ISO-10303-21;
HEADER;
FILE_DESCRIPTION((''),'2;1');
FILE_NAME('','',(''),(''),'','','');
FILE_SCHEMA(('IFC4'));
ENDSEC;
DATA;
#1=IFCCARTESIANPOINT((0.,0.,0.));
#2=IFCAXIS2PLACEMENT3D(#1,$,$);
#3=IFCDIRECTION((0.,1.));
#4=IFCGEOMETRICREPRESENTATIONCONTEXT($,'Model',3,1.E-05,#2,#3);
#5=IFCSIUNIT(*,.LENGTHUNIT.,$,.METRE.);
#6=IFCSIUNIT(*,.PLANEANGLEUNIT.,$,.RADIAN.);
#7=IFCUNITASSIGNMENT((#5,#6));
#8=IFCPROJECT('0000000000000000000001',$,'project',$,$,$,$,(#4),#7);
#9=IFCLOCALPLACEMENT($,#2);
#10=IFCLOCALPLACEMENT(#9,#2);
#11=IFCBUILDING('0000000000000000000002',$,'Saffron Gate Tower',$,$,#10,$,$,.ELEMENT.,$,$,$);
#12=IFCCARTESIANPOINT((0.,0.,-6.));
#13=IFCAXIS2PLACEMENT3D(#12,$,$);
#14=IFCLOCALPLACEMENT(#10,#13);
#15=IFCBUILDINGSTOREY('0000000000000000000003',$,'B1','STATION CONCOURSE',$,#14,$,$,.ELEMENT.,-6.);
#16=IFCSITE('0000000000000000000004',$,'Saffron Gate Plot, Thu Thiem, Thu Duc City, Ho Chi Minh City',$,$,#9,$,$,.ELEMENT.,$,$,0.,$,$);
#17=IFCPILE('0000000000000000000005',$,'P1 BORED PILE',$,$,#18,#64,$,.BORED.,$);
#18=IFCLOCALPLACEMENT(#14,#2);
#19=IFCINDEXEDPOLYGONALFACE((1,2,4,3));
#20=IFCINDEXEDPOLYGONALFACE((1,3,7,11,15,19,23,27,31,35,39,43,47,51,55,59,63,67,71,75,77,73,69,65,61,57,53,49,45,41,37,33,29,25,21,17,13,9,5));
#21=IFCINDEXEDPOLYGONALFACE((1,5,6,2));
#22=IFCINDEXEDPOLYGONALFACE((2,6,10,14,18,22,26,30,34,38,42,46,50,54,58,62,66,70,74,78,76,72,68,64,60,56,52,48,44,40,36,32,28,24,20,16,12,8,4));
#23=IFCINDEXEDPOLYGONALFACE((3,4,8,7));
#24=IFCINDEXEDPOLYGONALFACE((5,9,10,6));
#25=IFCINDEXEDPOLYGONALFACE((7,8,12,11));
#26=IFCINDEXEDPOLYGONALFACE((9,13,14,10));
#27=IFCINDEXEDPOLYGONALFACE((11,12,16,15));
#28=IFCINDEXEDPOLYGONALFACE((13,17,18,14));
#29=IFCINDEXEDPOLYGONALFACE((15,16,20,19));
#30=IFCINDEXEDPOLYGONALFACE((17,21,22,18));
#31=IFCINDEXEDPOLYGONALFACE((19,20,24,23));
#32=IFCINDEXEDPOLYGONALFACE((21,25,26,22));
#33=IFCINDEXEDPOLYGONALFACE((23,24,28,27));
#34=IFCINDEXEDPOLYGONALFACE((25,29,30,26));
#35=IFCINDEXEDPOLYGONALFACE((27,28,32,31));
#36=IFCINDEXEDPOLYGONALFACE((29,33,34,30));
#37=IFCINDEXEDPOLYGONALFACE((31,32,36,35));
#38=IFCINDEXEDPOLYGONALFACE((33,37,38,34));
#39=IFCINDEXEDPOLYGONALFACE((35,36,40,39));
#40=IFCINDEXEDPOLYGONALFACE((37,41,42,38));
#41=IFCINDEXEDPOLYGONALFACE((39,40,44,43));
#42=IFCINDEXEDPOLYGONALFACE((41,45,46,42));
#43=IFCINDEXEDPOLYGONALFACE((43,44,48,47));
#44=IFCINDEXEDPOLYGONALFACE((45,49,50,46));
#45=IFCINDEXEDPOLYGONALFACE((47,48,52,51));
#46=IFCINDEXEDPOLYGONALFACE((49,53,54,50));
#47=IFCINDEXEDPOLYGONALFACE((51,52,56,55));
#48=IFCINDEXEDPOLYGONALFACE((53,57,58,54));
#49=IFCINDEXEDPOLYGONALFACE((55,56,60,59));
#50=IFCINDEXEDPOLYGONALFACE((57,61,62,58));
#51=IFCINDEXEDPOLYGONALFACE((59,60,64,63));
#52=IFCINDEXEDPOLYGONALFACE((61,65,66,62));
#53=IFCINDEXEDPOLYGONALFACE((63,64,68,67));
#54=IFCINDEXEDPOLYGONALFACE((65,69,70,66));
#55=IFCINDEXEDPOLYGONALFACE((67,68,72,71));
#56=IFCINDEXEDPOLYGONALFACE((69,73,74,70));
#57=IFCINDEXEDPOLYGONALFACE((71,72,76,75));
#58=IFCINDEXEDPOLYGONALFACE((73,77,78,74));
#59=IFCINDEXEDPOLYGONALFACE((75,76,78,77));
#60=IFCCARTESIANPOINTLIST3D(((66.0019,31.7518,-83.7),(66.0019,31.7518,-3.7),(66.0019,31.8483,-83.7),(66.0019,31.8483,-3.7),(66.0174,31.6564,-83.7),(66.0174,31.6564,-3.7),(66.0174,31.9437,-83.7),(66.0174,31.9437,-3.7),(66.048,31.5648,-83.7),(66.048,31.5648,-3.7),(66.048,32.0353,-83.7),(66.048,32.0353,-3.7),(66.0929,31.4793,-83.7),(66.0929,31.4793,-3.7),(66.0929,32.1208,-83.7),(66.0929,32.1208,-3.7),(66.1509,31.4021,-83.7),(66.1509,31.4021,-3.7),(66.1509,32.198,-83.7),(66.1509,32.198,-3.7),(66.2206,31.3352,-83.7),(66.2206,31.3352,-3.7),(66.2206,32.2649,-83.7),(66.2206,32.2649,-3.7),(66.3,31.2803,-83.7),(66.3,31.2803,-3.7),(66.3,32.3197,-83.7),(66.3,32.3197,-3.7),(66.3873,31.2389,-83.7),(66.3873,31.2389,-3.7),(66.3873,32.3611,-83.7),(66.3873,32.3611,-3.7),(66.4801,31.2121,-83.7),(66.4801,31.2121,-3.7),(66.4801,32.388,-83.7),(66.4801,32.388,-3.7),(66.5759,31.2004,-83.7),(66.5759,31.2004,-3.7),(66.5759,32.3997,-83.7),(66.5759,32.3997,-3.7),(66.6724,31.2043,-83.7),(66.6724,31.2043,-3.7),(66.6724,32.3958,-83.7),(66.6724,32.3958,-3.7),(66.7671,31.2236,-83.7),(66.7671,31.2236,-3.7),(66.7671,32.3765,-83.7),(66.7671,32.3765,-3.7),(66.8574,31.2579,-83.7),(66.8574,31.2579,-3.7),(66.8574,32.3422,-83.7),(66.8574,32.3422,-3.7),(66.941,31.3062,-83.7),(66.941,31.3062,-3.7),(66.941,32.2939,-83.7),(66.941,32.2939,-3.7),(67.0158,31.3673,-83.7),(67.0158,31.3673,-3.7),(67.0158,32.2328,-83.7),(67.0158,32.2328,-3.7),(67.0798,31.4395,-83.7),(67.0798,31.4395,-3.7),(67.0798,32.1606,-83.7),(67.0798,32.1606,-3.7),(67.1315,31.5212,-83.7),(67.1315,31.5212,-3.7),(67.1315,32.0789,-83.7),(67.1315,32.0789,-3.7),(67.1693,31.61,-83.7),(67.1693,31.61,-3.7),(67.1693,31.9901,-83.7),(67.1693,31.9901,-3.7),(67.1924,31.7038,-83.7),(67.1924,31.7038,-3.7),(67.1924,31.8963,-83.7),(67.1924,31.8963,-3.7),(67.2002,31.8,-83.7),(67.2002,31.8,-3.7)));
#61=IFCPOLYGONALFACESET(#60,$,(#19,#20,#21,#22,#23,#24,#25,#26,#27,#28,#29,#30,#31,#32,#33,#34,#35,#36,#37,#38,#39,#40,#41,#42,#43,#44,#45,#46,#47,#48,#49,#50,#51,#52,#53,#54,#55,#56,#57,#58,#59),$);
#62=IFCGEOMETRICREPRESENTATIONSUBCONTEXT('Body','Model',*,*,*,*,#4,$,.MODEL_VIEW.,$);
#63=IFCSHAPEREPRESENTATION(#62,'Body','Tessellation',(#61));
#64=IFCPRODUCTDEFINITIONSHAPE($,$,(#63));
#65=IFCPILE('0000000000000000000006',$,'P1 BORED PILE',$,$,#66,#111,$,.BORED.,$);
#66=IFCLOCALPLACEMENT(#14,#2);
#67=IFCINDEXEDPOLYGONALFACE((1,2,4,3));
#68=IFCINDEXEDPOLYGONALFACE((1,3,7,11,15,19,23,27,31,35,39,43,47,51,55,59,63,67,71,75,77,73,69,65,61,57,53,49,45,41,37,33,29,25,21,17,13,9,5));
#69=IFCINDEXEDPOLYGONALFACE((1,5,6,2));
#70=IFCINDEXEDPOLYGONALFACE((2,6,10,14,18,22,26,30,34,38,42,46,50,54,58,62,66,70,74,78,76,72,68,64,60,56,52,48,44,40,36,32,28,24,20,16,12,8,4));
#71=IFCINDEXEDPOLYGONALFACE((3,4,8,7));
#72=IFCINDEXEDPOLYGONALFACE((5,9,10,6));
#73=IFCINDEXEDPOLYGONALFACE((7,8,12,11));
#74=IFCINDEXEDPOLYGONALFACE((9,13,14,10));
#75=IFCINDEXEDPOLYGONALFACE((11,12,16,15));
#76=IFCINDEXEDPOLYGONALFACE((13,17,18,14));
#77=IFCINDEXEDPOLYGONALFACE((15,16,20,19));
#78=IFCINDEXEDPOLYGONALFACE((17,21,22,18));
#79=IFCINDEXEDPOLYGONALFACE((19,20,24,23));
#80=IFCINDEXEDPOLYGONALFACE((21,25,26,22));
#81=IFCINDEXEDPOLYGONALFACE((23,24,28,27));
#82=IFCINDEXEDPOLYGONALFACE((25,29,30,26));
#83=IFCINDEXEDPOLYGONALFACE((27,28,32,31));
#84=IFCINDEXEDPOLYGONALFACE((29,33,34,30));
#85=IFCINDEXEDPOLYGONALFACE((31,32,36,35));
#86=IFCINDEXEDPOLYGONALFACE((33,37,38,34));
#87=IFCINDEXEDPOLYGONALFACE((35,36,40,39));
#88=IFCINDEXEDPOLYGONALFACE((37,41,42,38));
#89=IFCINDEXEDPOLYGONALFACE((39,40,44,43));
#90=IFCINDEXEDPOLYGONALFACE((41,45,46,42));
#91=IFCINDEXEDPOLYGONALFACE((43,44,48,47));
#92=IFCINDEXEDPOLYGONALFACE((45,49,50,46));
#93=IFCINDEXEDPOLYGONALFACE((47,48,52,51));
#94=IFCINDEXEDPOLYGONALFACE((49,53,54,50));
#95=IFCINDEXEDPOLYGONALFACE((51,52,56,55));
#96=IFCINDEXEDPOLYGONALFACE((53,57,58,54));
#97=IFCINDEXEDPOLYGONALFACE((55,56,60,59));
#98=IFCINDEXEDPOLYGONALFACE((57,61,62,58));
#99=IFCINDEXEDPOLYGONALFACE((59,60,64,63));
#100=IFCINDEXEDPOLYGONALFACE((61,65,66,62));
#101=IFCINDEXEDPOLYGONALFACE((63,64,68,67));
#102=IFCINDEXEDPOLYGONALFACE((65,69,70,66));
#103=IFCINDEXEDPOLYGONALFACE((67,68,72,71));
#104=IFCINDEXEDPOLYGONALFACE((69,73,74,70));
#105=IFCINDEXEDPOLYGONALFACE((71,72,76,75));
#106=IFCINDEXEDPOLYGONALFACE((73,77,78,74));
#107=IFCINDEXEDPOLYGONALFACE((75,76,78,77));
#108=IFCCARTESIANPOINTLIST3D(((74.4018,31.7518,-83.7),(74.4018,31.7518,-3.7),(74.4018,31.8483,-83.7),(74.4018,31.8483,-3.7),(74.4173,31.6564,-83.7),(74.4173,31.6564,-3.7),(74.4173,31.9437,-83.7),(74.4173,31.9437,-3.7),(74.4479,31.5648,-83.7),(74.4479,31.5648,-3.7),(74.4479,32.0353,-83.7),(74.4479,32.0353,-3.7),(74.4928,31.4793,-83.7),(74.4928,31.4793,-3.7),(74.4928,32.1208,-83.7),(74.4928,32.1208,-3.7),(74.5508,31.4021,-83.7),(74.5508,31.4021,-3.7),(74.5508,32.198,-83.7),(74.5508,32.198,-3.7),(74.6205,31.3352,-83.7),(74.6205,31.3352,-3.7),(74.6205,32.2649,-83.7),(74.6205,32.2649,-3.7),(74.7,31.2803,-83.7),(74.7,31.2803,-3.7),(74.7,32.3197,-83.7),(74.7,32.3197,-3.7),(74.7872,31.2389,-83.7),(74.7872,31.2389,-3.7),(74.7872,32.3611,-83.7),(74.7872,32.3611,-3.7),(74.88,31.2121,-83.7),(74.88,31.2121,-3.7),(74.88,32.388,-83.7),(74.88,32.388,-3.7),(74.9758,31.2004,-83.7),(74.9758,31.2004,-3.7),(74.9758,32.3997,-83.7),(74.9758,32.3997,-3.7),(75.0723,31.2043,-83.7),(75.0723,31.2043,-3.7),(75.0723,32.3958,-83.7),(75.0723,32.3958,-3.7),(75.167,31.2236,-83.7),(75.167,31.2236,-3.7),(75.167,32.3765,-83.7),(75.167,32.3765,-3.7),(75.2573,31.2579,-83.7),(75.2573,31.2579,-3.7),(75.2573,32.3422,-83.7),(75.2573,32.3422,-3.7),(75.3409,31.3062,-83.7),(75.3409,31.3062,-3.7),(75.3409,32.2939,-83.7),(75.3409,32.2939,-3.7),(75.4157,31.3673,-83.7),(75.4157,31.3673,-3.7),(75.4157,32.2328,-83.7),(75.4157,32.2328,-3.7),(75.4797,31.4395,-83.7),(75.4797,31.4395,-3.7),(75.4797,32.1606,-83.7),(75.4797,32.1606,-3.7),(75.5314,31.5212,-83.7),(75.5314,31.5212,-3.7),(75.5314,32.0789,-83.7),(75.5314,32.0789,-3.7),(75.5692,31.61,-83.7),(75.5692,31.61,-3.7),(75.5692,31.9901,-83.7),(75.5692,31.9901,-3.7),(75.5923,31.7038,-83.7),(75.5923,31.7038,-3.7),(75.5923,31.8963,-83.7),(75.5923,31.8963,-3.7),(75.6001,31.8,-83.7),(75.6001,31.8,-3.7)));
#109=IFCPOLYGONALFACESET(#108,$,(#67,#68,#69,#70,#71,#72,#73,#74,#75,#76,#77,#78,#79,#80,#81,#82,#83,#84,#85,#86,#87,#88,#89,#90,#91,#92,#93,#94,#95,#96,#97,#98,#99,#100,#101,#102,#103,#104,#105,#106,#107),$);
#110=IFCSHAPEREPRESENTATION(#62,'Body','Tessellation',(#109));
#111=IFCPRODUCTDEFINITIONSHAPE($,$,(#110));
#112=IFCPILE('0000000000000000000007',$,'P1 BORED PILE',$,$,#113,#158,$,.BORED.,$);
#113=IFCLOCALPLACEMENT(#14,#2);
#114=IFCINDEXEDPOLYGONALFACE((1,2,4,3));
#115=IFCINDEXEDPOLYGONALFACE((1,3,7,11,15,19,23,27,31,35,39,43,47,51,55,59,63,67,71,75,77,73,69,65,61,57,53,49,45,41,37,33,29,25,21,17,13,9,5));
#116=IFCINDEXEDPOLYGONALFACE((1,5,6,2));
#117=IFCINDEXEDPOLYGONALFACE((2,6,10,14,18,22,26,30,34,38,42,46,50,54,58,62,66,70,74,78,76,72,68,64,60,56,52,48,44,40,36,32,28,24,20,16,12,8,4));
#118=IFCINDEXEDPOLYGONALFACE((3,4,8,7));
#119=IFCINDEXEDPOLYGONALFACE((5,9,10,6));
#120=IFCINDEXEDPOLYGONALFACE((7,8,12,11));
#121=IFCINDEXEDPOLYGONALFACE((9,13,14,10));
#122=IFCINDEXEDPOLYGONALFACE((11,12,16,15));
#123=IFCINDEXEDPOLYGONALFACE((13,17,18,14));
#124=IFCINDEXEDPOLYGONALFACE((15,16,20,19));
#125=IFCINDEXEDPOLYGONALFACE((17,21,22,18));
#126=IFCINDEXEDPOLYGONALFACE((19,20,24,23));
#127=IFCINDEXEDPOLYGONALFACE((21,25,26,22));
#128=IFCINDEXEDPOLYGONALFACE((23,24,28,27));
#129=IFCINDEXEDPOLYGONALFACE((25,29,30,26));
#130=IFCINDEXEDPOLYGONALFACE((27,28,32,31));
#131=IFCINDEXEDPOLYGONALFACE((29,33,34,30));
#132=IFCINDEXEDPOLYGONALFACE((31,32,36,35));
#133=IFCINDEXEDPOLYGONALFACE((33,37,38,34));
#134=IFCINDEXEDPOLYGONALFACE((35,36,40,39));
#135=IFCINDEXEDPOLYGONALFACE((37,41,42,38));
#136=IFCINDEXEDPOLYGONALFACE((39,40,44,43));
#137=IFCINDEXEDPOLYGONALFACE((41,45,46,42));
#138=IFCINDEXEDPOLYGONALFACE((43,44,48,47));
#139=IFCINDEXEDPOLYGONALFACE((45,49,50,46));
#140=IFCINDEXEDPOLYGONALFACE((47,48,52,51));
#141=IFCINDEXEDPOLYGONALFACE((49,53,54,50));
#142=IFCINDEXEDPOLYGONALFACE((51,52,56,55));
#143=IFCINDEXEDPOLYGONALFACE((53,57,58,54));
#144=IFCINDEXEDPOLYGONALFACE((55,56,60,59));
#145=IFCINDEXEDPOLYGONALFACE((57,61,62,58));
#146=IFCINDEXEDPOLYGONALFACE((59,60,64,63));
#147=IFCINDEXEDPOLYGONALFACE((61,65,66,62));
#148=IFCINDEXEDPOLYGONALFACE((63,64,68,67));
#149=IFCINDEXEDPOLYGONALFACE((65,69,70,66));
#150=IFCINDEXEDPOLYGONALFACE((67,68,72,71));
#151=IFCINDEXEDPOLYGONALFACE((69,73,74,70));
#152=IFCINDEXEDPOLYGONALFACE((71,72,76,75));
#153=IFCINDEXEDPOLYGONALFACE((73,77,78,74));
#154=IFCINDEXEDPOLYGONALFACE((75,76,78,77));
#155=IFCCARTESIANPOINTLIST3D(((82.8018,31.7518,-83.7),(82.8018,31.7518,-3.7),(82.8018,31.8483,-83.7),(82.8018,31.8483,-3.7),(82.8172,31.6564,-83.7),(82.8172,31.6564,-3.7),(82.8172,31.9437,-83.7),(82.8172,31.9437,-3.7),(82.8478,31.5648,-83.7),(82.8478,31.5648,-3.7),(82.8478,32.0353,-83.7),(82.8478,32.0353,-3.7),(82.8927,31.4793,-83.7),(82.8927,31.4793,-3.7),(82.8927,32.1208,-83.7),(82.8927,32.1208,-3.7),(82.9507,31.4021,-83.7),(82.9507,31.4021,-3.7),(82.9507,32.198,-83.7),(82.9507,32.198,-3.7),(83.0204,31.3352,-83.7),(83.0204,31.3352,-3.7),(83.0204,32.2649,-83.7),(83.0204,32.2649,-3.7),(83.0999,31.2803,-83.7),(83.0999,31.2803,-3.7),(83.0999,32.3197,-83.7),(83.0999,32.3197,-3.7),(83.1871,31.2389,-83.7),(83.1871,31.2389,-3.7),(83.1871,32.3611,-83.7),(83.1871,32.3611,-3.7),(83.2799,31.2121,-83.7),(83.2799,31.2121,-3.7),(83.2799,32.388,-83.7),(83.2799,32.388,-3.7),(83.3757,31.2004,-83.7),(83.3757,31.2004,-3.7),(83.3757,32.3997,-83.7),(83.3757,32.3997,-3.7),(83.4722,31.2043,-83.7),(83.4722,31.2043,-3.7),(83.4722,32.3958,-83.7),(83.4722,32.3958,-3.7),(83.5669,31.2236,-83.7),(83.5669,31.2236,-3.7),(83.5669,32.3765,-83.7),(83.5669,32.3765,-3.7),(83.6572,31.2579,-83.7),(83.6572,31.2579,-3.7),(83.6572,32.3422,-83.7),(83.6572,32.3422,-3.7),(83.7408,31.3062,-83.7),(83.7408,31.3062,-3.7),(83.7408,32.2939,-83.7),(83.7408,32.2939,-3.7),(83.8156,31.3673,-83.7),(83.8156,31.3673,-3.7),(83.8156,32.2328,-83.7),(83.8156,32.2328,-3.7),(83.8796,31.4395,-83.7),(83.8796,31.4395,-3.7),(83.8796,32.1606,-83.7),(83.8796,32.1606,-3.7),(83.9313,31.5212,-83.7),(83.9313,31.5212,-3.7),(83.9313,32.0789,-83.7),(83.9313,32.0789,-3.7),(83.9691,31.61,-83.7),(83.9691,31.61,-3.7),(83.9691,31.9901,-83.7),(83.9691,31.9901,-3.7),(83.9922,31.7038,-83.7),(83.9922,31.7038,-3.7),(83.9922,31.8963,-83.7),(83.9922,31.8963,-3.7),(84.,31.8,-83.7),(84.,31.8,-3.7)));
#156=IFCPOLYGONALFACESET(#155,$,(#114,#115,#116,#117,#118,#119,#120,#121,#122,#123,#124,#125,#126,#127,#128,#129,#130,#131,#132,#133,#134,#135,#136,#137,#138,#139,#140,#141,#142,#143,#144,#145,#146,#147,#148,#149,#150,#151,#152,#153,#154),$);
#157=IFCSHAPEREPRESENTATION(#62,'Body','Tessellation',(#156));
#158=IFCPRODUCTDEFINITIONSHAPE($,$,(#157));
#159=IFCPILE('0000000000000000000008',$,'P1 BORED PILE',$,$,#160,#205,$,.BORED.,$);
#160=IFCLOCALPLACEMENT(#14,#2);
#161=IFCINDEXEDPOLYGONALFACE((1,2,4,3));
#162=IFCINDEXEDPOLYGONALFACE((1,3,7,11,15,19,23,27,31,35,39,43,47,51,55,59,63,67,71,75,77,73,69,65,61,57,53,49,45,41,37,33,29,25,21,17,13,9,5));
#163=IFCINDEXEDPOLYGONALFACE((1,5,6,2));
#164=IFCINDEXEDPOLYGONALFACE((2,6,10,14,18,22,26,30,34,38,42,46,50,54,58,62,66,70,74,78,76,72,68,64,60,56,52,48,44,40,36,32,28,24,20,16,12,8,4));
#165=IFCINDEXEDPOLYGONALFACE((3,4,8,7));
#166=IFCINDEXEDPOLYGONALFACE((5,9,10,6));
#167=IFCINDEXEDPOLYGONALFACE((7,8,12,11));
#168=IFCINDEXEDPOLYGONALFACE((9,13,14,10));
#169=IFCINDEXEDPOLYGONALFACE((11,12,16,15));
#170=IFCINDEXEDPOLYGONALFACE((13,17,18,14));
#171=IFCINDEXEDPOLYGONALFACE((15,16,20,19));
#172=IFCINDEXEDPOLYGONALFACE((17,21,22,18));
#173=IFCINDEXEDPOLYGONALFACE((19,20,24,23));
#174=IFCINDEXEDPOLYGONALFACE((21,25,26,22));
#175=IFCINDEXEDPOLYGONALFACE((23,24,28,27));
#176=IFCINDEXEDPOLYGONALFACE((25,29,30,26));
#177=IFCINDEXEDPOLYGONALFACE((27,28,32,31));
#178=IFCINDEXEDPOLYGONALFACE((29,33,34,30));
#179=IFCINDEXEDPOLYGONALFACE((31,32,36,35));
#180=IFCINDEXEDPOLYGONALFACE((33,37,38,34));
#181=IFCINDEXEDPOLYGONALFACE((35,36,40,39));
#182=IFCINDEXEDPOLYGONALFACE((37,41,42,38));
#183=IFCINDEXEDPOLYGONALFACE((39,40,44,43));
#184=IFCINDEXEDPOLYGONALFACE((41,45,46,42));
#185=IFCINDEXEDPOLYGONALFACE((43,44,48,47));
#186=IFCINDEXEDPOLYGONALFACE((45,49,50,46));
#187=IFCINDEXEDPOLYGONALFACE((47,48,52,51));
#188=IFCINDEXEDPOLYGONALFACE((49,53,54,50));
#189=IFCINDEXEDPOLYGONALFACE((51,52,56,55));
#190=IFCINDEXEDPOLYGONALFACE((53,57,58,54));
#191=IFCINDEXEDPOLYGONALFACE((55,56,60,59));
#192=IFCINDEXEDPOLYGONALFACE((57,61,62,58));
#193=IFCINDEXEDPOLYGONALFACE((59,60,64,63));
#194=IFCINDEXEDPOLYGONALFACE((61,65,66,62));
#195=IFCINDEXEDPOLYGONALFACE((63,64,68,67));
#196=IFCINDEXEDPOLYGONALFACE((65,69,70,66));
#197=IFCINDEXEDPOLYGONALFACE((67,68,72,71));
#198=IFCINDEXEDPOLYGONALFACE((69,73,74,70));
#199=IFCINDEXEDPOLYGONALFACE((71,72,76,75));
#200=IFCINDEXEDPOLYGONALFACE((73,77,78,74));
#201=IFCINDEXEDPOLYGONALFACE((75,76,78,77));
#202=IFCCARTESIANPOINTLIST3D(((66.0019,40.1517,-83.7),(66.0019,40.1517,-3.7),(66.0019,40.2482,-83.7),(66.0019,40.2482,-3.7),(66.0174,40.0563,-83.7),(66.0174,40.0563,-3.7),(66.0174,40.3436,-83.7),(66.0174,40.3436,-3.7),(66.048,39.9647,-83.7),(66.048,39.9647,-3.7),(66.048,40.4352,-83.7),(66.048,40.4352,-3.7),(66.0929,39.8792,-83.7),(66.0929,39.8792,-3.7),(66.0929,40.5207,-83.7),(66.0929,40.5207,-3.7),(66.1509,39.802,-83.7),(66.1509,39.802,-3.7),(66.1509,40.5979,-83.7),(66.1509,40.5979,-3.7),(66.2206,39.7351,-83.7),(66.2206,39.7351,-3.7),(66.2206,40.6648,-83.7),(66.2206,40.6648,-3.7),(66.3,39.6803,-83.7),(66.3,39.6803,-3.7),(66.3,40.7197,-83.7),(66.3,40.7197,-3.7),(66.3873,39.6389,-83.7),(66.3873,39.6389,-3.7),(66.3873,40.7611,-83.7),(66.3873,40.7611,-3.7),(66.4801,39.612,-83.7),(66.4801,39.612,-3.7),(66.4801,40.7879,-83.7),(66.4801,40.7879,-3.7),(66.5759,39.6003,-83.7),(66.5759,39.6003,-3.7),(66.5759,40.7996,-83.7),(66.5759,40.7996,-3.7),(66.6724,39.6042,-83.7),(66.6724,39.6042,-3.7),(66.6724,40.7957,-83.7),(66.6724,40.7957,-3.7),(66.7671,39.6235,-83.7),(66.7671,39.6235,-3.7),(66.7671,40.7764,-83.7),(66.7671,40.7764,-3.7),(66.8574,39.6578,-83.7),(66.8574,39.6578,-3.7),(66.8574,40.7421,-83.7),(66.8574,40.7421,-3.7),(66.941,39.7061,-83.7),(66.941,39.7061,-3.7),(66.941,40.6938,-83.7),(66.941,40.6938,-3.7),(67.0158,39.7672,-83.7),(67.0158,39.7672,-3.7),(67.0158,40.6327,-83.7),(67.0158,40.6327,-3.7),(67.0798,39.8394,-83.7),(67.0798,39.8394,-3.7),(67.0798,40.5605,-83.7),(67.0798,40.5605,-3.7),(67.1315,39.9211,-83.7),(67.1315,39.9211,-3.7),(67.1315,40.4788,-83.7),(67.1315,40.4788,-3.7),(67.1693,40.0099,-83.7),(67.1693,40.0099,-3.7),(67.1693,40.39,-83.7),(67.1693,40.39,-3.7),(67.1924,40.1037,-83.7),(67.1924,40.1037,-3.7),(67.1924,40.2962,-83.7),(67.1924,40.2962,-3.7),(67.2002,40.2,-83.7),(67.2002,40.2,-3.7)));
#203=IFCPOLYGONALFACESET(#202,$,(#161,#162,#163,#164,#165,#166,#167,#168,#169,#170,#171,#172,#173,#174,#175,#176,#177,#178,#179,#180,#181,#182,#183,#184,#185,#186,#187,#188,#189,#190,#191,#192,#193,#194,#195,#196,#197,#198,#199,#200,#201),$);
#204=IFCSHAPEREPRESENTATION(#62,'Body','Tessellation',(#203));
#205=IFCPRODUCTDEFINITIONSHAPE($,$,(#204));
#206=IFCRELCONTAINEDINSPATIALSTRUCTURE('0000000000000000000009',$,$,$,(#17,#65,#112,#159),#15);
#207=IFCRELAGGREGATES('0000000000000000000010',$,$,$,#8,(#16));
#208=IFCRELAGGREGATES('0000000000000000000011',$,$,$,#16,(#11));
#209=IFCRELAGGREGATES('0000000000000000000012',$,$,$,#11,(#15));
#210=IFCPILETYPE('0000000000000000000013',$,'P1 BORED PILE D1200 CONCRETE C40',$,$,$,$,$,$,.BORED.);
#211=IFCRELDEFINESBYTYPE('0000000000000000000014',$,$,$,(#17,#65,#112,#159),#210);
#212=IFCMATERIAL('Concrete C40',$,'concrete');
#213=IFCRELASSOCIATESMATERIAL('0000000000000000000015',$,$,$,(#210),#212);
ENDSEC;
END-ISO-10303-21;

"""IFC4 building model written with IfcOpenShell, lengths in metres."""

from ifc_helpers import new_model, si_unit, direction, frame, origin, origin_2d, place, context, subcontext, project, spatial, circle, extrude, material, material_profile, profile_set, type_object, element, save


model = new_model("IFC4")

# Units and contexts
model_context = context("Model", 3, precision=1e-05, world=origin(), true_north=direction((0.0, 1.0)))
body_context = subcontext(model_context, "Body", "Model", "MODEL_VIEW")
ifc_project = project(units=[si_unit("LENGTHUNIT", "METRE"), si_unit("PLANEANGLEUNIT", "RADIAN")], contexts=[model_context])

# Site, building, storey
site_placement = place(None, origin())
site = spatial("IfcSite", under=ifc_project, at=site_placement, Name="Saffron Gate Plot, Thu Thiem, Thu Duc City, Ho Chi Minh City", CompositionType="ELEMENT", RefElevation=0.0)
building_placement = place(site_placement, origin())
building = spatial("IfcBuilding", under=site, at=building_placement, Name="Saffron Gate Tower", CompositionType="ELEMENT")
storey_placement = place(building_placement, frame((0.0, 0.0, -6.0)))
storey = spatial("IfcBuildingStorey", under=building, at=storey_placement, Name="B1", Description="STATION CONCOURSE", CompositionType="ELEMENT", Elevation=-6.0)

# Piles
ifc_material_1 = material(Name="Concrete C40", Category="concrete")
ifc_material_profile_1 = material_profile(ifc_material_1, circle(Radius=0.6001, at=origin_2d()))
ifc_profile_set_1 = profile_set([ifc_material_profile_1], Name="Concrete C40")
pile_type_1 = type_object("IfcPileType", Name="P1 BORED PILE D1200 CONCRETE C40", PredefinedType="BORED", material=ifc_profile_set_1)
for number, where, z_axis, x_axis, name in (
    (1, (66.6001, 31.8, -3.7), (0.0, 0.0, -1.0), (1.0, 0.0, 0.0), "P1 BORED PILE"),
    (2, (75.0, 31.8, -3.7), (0.0, 0.0, -1.0), (1.0, 0.0, 0.0), "P1 BORED PILE"),
    (3, (83.3999, 31.8, -3.7), (0.0, 0.0, -1.0), (1.0, 0.0, 0.0), "P1 BORED PILE"),
    (4, (66.6001, 40.2, -3.7), (0.0, 0.0, -1.0), (1.0, 0.0, 0.0), "P1 BORED PILE"),
):
    element("IfcPile", number, at=place(storey_placement, frame(where, z_axis=z_axis, x_axis=x_axis)), inside=storey, type_object=pile_type_1, Name=name, PredefinedType="BORED", context=body_context, shape_type="SweptSolid", body=[
        extrude(circle(Radius=0.6001, at=origin_2d()), origin(), (0.0, 0.0, 1.0), 80.0),
    ])

save(model, "model.ifc")
